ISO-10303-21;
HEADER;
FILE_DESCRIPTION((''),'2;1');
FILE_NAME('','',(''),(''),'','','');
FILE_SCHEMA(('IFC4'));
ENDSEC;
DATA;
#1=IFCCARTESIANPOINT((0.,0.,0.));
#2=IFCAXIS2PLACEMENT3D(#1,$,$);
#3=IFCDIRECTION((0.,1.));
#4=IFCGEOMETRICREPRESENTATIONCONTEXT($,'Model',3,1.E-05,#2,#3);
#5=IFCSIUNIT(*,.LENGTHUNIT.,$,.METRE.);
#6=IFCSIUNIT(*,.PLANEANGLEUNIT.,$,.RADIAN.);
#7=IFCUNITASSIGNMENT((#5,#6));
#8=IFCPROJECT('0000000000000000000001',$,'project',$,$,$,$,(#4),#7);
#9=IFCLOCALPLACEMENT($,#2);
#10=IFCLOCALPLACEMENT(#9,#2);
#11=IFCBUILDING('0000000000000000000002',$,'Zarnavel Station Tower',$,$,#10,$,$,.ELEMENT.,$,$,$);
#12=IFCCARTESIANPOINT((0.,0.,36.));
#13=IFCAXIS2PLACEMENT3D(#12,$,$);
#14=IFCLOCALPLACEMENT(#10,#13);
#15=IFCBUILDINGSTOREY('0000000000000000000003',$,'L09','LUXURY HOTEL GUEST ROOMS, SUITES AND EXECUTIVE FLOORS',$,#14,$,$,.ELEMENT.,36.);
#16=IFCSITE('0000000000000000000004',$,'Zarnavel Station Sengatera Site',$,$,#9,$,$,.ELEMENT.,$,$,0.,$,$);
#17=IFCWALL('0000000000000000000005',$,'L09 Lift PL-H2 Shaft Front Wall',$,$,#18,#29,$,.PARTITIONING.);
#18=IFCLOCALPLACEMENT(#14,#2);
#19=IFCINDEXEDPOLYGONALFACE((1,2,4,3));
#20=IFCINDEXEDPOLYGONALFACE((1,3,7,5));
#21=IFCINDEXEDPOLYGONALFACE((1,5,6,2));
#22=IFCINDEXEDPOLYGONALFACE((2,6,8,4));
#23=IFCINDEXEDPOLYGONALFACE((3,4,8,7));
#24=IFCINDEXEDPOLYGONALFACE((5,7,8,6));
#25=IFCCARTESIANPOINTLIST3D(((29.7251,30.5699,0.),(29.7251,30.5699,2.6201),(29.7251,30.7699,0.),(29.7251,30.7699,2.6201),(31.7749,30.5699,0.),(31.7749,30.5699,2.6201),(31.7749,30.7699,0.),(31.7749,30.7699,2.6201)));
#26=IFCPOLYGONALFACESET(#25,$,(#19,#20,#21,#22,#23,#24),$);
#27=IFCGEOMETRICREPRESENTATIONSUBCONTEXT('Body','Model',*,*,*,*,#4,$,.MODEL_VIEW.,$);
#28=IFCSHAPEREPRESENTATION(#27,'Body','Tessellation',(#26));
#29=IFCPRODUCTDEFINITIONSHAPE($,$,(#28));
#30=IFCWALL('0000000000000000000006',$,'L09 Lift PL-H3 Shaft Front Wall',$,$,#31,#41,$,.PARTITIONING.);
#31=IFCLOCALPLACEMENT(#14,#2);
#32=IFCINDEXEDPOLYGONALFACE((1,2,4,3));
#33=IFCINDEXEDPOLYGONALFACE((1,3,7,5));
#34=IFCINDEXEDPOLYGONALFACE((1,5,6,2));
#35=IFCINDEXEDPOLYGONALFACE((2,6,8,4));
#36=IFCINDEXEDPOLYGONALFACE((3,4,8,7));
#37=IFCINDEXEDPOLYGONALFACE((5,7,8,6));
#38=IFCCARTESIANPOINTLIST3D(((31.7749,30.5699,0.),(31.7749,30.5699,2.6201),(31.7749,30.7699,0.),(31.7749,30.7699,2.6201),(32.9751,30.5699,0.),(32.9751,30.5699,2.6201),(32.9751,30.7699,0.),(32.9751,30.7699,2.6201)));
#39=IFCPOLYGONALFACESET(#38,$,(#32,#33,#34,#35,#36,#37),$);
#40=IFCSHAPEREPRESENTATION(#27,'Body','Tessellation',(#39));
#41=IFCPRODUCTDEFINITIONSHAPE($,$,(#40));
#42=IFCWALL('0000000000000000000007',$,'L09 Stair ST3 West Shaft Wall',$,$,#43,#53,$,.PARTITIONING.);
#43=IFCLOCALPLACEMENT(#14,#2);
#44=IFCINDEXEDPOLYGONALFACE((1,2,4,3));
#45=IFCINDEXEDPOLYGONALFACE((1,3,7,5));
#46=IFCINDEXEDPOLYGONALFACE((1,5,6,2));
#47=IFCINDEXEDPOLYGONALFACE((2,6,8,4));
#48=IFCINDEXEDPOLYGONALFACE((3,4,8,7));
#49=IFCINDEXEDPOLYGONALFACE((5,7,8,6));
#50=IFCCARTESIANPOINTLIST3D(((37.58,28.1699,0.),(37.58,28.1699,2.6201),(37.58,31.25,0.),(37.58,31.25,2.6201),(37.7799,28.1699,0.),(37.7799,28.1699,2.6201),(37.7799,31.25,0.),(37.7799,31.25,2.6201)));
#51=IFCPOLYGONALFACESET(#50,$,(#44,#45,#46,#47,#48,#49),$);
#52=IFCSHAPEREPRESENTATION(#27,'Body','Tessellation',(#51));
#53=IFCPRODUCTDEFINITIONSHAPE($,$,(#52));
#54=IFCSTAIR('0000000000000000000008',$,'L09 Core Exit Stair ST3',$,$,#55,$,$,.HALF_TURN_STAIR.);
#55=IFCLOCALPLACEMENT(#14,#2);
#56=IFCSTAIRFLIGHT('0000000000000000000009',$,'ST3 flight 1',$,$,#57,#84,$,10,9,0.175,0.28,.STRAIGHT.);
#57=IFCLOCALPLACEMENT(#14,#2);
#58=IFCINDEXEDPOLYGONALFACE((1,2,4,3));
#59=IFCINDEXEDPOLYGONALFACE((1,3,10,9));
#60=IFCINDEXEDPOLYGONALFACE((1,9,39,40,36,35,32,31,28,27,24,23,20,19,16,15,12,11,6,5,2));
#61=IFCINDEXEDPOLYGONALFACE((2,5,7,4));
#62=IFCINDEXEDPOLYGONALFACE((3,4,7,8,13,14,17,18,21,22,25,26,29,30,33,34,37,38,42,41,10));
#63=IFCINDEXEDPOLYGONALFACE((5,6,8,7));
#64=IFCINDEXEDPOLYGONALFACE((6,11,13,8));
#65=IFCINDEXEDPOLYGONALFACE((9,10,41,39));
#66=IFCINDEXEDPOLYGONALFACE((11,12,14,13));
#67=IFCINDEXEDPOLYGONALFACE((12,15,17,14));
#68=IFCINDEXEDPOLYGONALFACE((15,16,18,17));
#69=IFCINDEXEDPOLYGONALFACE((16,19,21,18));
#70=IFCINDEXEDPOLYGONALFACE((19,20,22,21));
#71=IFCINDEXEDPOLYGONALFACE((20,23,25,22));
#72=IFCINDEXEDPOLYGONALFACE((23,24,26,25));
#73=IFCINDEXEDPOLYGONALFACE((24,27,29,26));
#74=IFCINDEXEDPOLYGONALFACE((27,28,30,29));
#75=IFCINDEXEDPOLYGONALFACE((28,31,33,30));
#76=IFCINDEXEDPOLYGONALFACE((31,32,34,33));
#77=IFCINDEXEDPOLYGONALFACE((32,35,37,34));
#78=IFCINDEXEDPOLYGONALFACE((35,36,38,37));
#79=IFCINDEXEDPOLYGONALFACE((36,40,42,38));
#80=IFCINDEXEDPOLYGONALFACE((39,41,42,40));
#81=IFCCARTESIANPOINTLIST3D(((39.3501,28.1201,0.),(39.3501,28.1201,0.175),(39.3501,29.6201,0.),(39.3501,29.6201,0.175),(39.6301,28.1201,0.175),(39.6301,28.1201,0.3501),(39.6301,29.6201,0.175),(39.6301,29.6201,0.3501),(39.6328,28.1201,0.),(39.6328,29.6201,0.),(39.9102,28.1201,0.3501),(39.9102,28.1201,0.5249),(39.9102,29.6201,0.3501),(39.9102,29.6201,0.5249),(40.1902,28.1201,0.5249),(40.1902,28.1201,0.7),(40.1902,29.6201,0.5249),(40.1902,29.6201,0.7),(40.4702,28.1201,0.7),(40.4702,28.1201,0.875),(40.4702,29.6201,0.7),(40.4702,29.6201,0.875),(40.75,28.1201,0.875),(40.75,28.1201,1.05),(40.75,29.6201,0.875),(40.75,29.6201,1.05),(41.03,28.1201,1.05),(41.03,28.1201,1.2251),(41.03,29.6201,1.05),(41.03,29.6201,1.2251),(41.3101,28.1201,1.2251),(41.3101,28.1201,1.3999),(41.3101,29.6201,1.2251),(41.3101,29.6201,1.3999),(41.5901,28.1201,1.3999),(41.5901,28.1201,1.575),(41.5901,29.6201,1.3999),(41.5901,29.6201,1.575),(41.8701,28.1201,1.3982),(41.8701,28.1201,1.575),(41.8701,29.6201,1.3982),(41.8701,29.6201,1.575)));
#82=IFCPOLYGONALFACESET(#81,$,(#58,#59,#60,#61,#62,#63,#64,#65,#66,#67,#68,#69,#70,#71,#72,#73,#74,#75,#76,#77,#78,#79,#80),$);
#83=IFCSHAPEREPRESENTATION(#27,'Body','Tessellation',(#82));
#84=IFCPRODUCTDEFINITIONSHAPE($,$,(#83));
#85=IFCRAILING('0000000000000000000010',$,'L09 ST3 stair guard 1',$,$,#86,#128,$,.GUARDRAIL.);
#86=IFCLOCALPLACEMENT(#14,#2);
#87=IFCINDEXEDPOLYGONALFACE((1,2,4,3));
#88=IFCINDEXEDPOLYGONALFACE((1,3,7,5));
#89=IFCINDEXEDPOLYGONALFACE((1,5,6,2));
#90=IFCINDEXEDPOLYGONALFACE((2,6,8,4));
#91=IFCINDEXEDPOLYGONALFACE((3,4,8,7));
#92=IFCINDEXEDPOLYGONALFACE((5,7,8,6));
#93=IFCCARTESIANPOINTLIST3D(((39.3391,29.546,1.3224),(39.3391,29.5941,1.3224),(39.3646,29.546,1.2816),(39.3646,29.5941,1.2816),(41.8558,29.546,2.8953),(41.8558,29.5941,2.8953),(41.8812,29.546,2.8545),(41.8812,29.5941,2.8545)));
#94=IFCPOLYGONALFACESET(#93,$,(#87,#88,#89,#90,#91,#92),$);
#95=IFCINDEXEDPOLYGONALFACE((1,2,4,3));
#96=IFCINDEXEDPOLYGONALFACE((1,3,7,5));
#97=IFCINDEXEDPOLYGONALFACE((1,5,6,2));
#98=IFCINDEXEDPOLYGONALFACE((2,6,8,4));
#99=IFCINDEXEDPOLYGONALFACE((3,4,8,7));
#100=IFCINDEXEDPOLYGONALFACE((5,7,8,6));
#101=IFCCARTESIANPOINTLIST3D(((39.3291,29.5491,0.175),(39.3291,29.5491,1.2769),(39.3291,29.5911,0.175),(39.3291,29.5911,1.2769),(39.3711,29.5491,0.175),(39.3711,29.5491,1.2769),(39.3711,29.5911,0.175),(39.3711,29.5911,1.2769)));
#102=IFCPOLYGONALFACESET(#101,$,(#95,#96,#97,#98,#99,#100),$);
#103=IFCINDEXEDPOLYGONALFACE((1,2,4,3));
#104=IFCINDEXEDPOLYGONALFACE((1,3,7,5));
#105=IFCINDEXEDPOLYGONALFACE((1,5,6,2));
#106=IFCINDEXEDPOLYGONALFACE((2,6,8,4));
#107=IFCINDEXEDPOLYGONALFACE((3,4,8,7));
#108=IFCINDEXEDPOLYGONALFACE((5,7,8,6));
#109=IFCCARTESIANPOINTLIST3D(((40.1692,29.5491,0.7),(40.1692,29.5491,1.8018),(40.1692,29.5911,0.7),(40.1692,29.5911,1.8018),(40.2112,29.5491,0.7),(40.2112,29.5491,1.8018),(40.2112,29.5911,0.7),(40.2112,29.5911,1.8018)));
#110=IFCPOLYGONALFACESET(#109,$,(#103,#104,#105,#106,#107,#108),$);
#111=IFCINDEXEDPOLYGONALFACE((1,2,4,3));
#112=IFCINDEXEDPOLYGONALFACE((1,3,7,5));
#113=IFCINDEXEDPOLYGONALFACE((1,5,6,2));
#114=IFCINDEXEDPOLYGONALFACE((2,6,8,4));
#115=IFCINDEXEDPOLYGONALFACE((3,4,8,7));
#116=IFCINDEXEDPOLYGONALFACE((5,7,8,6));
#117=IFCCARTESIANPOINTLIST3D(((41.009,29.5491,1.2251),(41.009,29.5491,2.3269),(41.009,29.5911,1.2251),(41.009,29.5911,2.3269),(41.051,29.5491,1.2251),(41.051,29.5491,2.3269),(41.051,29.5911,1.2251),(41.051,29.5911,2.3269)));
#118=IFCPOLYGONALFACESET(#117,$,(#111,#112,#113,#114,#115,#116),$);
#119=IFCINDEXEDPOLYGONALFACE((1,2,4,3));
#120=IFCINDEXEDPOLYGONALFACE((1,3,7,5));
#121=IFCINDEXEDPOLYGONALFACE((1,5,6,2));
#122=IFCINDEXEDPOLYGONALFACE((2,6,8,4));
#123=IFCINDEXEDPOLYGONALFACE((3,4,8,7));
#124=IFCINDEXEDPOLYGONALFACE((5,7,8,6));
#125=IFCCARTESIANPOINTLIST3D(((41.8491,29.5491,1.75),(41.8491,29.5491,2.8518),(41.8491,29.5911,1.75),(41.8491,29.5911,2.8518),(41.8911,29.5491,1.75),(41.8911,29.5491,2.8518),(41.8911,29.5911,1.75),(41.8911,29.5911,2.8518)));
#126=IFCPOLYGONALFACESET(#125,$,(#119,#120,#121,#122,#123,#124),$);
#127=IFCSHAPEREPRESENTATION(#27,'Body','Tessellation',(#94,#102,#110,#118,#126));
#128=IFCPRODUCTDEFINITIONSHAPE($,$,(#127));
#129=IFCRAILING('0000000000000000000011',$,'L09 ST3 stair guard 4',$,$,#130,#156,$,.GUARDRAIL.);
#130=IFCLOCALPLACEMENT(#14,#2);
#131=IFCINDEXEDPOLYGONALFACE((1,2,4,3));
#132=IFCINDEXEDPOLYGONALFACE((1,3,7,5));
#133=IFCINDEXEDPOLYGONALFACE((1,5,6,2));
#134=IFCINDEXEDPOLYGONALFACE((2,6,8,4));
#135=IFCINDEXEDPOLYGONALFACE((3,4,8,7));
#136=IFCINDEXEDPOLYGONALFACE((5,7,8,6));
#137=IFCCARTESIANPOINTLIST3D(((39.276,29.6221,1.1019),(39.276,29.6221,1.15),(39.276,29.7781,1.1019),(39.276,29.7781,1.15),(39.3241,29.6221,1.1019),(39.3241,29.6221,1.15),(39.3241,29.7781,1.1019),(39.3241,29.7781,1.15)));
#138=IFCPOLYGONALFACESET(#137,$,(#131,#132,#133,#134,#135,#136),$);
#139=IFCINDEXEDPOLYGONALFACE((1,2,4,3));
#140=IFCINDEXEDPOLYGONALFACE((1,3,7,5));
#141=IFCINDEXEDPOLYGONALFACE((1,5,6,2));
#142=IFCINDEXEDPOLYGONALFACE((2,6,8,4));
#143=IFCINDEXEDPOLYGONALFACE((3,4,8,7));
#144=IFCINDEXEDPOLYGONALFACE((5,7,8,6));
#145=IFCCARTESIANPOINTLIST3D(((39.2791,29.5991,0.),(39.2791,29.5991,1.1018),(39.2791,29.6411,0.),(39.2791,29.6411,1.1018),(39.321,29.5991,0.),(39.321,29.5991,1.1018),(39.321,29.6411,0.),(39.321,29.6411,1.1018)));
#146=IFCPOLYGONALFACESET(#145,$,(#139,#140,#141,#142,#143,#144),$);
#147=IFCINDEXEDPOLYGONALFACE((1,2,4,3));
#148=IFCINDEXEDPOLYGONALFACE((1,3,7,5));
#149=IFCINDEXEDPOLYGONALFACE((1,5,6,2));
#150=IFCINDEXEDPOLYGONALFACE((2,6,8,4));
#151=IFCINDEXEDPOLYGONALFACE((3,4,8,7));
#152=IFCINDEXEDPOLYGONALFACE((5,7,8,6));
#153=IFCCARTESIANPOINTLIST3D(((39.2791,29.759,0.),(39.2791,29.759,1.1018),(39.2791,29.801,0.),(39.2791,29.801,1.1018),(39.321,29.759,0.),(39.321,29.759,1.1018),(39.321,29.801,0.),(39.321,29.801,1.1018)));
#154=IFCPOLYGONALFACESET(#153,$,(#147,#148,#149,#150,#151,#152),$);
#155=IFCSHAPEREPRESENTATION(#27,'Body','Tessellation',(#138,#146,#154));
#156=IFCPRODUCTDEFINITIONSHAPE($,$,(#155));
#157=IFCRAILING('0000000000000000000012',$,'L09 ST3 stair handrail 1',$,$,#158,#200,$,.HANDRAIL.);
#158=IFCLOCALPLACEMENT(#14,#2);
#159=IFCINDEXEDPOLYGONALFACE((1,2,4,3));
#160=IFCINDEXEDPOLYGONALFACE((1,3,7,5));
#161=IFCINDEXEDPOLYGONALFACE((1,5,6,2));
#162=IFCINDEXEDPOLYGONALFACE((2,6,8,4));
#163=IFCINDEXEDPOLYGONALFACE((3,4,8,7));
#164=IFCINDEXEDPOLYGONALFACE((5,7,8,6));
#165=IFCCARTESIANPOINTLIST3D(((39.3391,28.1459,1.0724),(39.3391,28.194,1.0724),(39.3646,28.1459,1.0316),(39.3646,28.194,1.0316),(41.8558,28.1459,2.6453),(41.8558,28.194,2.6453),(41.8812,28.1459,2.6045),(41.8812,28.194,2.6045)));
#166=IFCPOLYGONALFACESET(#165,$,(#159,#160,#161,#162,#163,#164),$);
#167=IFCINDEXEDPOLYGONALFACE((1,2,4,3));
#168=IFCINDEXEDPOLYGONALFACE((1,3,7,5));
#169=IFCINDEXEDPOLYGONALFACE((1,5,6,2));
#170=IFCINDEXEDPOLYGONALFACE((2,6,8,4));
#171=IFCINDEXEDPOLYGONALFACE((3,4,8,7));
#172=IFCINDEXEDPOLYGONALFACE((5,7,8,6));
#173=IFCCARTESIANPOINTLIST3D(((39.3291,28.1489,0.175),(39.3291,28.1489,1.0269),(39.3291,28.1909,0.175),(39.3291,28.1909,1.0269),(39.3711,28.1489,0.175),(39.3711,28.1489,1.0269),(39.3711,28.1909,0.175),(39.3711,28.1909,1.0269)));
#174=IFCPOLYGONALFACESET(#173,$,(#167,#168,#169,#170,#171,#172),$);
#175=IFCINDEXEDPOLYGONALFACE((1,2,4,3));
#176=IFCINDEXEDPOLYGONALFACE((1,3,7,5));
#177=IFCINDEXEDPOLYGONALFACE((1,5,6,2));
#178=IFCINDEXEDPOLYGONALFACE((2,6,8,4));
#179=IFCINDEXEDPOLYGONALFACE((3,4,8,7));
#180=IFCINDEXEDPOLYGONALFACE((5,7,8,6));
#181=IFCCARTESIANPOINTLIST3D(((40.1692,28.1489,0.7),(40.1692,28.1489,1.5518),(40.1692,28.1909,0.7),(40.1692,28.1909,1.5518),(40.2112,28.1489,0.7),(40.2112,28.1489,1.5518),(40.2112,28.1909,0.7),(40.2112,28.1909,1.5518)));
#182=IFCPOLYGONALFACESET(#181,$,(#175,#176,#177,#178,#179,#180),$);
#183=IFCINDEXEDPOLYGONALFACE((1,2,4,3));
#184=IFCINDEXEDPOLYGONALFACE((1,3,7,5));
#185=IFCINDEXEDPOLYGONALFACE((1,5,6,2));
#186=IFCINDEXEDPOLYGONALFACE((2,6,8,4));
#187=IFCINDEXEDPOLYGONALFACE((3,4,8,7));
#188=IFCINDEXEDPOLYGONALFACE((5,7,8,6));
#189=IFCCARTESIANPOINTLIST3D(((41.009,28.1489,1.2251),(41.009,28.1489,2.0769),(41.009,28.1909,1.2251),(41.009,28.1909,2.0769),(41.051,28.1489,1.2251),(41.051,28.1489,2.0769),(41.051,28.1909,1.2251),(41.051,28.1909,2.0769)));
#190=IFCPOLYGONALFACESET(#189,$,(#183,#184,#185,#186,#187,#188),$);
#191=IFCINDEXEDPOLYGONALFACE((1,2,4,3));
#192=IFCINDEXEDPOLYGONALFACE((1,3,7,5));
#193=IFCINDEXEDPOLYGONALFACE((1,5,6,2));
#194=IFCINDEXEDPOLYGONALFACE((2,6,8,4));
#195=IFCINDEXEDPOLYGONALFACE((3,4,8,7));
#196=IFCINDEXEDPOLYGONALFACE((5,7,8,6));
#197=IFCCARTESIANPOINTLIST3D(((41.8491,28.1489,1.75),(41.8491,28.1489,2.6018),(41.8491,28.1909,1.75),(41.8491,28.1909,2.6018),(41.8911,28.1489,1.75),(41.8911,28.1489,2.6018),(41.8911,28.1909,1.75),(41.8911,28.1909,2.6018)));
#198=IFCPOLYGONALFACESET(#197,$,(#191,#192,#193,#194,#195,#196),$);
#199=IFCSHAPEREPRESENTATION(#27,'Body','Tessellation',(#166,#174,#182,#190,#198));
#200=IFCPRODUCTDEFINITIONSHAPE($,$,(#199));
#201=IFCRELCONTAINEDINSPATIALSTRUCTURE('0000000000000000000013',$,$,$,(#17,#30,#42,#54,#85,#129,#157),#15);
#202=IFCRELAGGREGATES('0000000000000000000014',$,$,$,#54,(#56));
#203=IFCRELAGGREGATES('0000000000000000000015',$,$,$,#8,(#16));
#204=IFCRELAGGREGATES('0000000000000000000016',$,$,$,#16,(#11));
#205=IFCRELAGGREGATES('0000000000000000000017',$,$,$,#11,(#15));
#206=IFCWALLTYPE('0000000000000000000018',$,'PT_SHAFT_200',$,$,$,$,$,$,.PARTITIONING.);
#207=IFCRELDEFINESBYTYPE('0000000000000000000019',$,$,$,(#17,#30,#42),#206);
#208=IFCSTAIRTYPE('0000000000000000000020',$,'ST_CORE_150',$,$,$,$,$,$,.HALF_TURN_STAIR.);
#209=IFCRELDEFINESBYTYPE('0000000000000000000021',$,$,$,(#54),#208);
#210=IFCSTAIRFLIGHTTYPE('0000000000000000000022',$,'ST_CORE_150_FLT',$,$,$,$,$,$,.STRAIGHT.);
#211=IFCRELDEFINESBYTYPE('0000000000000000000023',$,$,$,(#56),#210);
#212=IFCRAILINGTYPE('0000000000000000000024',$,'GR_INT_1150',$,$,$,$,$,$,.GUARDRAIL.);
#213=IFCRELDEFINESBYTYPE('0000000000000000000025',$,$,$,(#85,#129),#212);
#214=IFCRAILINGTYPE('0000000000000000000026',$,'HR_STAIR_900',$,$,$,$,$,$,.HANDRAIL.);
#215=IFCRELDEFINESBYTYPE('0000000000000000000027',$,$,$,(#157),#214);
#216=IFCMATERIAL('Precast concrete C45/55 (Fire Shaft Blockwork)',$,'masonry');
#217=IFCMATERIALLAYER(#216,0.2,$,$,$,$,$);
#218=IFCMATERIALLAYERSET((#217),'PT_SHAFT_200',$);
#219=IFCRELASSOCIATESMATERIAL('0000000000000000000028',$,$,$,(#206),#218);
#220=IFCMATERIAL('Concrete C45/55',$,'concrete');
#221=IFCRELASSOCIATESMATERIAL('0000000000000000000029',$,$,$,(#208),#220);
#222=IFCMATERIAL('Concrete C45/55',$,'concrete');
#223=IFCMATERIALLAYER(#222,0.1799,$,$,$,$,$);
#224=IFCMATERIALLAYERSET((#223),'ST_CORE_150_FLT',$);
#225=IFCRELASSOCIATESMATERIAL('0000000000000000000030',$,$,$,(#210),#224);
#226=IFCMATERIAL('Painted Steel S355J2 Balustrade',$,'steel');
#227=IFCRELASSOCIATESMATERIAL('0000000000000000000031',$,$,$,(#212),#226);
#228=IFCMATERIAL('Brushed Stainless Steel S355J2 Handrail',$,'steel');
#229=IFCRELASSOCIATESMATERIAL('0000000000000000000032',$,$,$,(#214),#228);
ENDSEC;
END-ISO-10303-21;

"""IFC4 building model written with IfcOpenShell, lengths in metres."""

from ifc_helpers import new_model, si_unit, direction, frame, frame_2d, origin, origin_2d, place, context, subcontext, project, spatial, polyline, rectangle, outline, extrude, material, layer, layer_set, type_object, element, aggregate, save


model = new_model("IFC4")

# Units and contexts
model_context = context("Model", 3, precision=1e-05, world=origin(), true_north=direction((0.0, 1.0)))
body_context = subcontext(model_context, "Body", "Model", "MODEL_VIEW")
ifc_project = project(units=[si_unit("LENGTHUNIT", "METRE"), si_unit("PLANEANGLEUNIT", "RADIAN")], contexts=[model_context])

# Site, building, storey
site_placement = place(None, origin())
site = spatial("IfcSite", under=ifc_project, at=site_placement, Name="Zarnavel Station Sengatera Site", CompositionType="ELEMENT", RefElevation=0.0)
building_placement = place(site_placement, origin())
building = spatial("IfcBuilding", under=site, at=building_placement, Name="Zarnavel Station Tower", CompositionType="ELEMENT")
storey_placement = place(building_placement, frame((0.0, 0.0, 36.0)))
storey = spatial("IfcBuildingStorey", under=building, at=storey_placement, Name="L09", Description="LUXURY HOTEL GUEST ROOMS, SUITES AND EXECUTIVE FLOORS", CompositionType="ELEMENT", Elevation=36.0)

# Walls
ifc_material_1 = material(Name="Precast concrete C45/55 (Fire Shaft Blockwork)", Category="masonry")
ifc_layer_1 = layer(ifc_material_1, 0.2)
ifc_layer_set_1 = layer_set([ifc_layer_1], Name="PT_SHAFT_200")
wall_type_1 = type_object("IfcWallType", Name="PT_SHAFT_200", PredefinedType="PARTITIONING", material=ifc_layer_set_1)
wall_1_placement = place(storey_placement, frame((29.7251, 30.6699, 0.0), z_axis=(0.0, 0.0, 1.0), x_axis=(1.0, 0.0, 0.0)))
element("IfcWall", 1, at=wall_1_placement, inside=storey, type_object=wall_type_1, Name="L09 Lift PL-H2 Shaft Front Wall", PredefinedType="PARTITIONING", context=body_context, shape_type="SweptSolid", body=[
    extrude(rectangle(XDim=2.0498, YDim=0.2, at=frame_2d((1.0249, 0.0))), origin(), (0.0, 0.0, 1.0), 2.6201),
])
wall_2_placement = place(storey_placement, frame((31.7749, 30.6699, 0.0), z_axis=(0.0, 0.0, 1.0), x_axis=(1.0, 0.0, 0.0)))
element("IfcWall", 2, at=wall_2_placement, inside=storey, type_object=wall_type_1, Name="L09 Lift PL-H3 Shaft Front Wall", PredefinedType="PARTITIONING", context=body_context, shape_type="SweptSolid", body=[
    extrude(rectangle(XDim=1.2002, YDim=0.2, at=frame_2d((0.6001, 0.0))), origin(), (0.0, 0.0, 1.0), 2.6201),
])
wall_3_placement = place(storey_placement, frame((37.6799, 28.1699, 0.0), z_axis=(0.0, 0.0, 1.0), x_axis=(0.0, 1.0, 0.0)))
element("IfcWall", 3, at=wall_3_placement, inside=storey, type_object=wall_type_1, Name="L09 Stair ST3 West Shaft Wall", PredefinedType="PARTITIONING", context=body_context, shape_type="SweptSolid", body=[
    extrude(rectangle(XDim=3.0801, YDim=0.2, at=frame_2d((1.54, 0.0))), origin(), (0.0, 0.0, 1.0), 2.6201),
])

# Stair, stair flight
ifc_material_2 = material(Name="Concrete C45/55", Category="concrete")
stair_type = type_object("IfcStairType", Name="ST_CORE_150", PredefinedType="HALF_TURN_STAIR", material=ifc_material_2)
stair_placement = place(storey_placement, origin())
stair = element("IfcStair", 4, at=stair_placement, inside=storey, type_object=stair_type, Name="L09 Core Exit Stair ST3", PredefinedType="HALF_TURN_STAIR")
ifc_material_3 = material(Name="Concrete C45/55", Category="concrete")
ifc_layer_2 = layer(ifc_material_3, 0.1799)
ifc_layer_set_2 = layer_set([ifc_layer_2], Name="ST_CORE_150_FLT")
stair_flight_type = type_object("IfcStairFlightType", Name="ST_CORE_150_FLT", PredefinedType="STRAIGHT", material=ifc_layer_set_2)
stair_flight_placement = place(storey_placement, frame((39.3501, 28.8701, 0.0), z_axis=(0.0, 0.0, 1.0), x_axis=(1.0, 0.0, 0.0)))
stair_flight = element("IfcStairFlight", 5, at=stair_flight_placement, type_object=stair_flight_type, Name="ST3 flight 1", NumberOfRisers=10, NumberOfTreads=9, PredefinedType="STRAIGHT", RiserHeight=0.175, TreadLength=0.28, context=body_context, shape_type="SweptSolid", body=[
    extrude(outline(polyline([(0.0, 0.0), (0.0, 0.175), (0.28, 0.175), (0.28, 0.3501), (0.5601, 0.3501), (0.5601, 0.5249), (0.8401, 0.5249), (0.8401, 0.7), (1.1201, 0.7), (1.1201, 0.875), (1.3999, 0.875), (1.3999, 1.05), (1.6799, 1.05), (1.6799, 1.2251), (1.96, 1.2251), (1.96, 1.3999), (2.24, 1.3999), (2.24, 1.575), (2.52, 1.575), (2.52, 1.75), (2.52, 1.3982), (0.2827, 0.0), (0.0, 0.0)])), frame((0.0, 0.75, 0.0), z_axis=(0.0, -1.0, 0.0), x_axis=(1.0, 0.0, 0.0)), (0.0, 0.0, 1.0), 1.5),
])
aggregate(stair, [stair_flight])

# Railings
ifc_material_4 = material(Name="Painted Steel S355J2 Balustrade", Category="steel")
railing_type_1 = type_object("IfcRailingType", Name="GR_INT_1150", PredefinedType="GUARDRAIL", material=ifc_material_4)
railing_1_placement = place(storey_placement, frame((39.3501, 29.5701, 0.175)))
element("IfcRailing", 6, at=railing_1_placement, inside=storey, type_object=railing_type_1, Name="L09 ST3 stair guard 1", PredefinedType="GUARDRAIL", context=body_context, shape_type="SweptSolid", body=[
    extrude(rectangle(XDim=0.0481, YDim=0.0481, at=origin_2d()), frame((0.0017, 0.0, 1.127), z_axis=(0.848008, 0.0, 0.529984), x_axis=(0.0, 1.0, 0.0)), (0.0, 0.0, 1.0), 2.9678),
    extrude(rectangle(XDim=0.042, YDim=0.042, at=origin_2d()), origin(), (0.0, 0.0, 1.0), 1.1018),
    extrude(rectangle(XDim=0.042, YDim=0.042, at=origin_2d()), frame((0.8401, 0.0, 0.5249)), (0.0, 0.0, 1.0), 1.1018),
    extrude(rectangle(XDim=0.042, YDim=0.042, at=origin_2d()), frame((1.6799, 0.0, 1.05)), (0.0, 0.0, 1.0), 1.1018),
    extrude(rectangle(XDim=0.042, YDim=0.042, at=origin_2d()), frame((2.52, 0.0, 1.575)), (0.0, 0.0, 1.0), 1.1018),
])
railing_2_placement = place(storey_placement, frame((39.3, 29.6201, 0.0)))
element("IfcRailing", 7, at=railing_2_placement, inside=storey, type_object=railing_type_1, Name="L09 ST3 stair guard 4", PredefinedType="GUARDRAIL", context=body_context, shape_type="SweptSolid", body=[
    extrude(rectangle(XDim=0.0481, YDim=0.0481, at=origin_2d()), frame((0.0, 0.002, 1.126), z_axis=(0.0, 1.0, 0.0), x_axis=(-1.0, 0.0, 0.0)), (0.0, 0.0, 1.0), 0.156),
    extrude(rectangle(XDim=0.042, YDim=0.042, at=origin_2d()), origin(), (0.0, 0.0, 1.0), 1.1018),
    extrude(rectangle(XDim=0.042, YDim=0.042, at=origin_2d()), frame((0.0, 0.1599, 0.0)), (0.0, 0.0, 1.0), 1.1018),
])
ifc_material_5 = material(Name="Brushed Stainless Steel S355J2 Handrail", Category="steel")
railing_type_2 = type_object("IfcRailingType", Name="HR_STAIR_900", PredefinedType="HANDRAIL", material=ifc_material_5)
railing_3_placement = place(storey_placement, frame((39.3501, 28.1699, 0.175)))
element("IfcRailing", 8, at=railing_3_placement, inside=storey, type_object=railing_type_2, Name="L09 ST3 stair handrail 1", PredefinedType="HANDRAIL", context=body_context, shape_type="SweptSolid", body=[
    extrude(rectangle(XDim=0.0481, YDim=0.0481, at=origin_2d()), frame((0.0017, 0.0, 0.877), z_axis=(0.848008, 0.0, 0.529984), x_axis=(0.0, 1.0, 0.0)), (0.0, 0.0, 1.0), 2.9678),
    extrude(rectangle(XDim=0.042, YDim=0.042, at=origin_2d()), origin(), (0.0, 0.0, 1.0), 0.8518),
    extrude(rectangle(XDim=0.042, YDim=0.042, at=origin_2d()), frame((0.8401, 0.0, 0.5249)), (0.0, 0.0, 1.0), 0.8518),
    extrude(rectangle(XDim=0.042, YDim=0.042, at=origin_2d()), frame((1.6799, 0.0, 1.05)), (0.0, 0.0, 1.0), 0.8518),
    extrude(rectangle(XDim=0.042, YDim=0.042, at=origin_2d()), frame((2.52, 0.0, 1.575)), (0.0, 0.0, 1.0), 0.8518),
])

save(model, "model.ifc")
